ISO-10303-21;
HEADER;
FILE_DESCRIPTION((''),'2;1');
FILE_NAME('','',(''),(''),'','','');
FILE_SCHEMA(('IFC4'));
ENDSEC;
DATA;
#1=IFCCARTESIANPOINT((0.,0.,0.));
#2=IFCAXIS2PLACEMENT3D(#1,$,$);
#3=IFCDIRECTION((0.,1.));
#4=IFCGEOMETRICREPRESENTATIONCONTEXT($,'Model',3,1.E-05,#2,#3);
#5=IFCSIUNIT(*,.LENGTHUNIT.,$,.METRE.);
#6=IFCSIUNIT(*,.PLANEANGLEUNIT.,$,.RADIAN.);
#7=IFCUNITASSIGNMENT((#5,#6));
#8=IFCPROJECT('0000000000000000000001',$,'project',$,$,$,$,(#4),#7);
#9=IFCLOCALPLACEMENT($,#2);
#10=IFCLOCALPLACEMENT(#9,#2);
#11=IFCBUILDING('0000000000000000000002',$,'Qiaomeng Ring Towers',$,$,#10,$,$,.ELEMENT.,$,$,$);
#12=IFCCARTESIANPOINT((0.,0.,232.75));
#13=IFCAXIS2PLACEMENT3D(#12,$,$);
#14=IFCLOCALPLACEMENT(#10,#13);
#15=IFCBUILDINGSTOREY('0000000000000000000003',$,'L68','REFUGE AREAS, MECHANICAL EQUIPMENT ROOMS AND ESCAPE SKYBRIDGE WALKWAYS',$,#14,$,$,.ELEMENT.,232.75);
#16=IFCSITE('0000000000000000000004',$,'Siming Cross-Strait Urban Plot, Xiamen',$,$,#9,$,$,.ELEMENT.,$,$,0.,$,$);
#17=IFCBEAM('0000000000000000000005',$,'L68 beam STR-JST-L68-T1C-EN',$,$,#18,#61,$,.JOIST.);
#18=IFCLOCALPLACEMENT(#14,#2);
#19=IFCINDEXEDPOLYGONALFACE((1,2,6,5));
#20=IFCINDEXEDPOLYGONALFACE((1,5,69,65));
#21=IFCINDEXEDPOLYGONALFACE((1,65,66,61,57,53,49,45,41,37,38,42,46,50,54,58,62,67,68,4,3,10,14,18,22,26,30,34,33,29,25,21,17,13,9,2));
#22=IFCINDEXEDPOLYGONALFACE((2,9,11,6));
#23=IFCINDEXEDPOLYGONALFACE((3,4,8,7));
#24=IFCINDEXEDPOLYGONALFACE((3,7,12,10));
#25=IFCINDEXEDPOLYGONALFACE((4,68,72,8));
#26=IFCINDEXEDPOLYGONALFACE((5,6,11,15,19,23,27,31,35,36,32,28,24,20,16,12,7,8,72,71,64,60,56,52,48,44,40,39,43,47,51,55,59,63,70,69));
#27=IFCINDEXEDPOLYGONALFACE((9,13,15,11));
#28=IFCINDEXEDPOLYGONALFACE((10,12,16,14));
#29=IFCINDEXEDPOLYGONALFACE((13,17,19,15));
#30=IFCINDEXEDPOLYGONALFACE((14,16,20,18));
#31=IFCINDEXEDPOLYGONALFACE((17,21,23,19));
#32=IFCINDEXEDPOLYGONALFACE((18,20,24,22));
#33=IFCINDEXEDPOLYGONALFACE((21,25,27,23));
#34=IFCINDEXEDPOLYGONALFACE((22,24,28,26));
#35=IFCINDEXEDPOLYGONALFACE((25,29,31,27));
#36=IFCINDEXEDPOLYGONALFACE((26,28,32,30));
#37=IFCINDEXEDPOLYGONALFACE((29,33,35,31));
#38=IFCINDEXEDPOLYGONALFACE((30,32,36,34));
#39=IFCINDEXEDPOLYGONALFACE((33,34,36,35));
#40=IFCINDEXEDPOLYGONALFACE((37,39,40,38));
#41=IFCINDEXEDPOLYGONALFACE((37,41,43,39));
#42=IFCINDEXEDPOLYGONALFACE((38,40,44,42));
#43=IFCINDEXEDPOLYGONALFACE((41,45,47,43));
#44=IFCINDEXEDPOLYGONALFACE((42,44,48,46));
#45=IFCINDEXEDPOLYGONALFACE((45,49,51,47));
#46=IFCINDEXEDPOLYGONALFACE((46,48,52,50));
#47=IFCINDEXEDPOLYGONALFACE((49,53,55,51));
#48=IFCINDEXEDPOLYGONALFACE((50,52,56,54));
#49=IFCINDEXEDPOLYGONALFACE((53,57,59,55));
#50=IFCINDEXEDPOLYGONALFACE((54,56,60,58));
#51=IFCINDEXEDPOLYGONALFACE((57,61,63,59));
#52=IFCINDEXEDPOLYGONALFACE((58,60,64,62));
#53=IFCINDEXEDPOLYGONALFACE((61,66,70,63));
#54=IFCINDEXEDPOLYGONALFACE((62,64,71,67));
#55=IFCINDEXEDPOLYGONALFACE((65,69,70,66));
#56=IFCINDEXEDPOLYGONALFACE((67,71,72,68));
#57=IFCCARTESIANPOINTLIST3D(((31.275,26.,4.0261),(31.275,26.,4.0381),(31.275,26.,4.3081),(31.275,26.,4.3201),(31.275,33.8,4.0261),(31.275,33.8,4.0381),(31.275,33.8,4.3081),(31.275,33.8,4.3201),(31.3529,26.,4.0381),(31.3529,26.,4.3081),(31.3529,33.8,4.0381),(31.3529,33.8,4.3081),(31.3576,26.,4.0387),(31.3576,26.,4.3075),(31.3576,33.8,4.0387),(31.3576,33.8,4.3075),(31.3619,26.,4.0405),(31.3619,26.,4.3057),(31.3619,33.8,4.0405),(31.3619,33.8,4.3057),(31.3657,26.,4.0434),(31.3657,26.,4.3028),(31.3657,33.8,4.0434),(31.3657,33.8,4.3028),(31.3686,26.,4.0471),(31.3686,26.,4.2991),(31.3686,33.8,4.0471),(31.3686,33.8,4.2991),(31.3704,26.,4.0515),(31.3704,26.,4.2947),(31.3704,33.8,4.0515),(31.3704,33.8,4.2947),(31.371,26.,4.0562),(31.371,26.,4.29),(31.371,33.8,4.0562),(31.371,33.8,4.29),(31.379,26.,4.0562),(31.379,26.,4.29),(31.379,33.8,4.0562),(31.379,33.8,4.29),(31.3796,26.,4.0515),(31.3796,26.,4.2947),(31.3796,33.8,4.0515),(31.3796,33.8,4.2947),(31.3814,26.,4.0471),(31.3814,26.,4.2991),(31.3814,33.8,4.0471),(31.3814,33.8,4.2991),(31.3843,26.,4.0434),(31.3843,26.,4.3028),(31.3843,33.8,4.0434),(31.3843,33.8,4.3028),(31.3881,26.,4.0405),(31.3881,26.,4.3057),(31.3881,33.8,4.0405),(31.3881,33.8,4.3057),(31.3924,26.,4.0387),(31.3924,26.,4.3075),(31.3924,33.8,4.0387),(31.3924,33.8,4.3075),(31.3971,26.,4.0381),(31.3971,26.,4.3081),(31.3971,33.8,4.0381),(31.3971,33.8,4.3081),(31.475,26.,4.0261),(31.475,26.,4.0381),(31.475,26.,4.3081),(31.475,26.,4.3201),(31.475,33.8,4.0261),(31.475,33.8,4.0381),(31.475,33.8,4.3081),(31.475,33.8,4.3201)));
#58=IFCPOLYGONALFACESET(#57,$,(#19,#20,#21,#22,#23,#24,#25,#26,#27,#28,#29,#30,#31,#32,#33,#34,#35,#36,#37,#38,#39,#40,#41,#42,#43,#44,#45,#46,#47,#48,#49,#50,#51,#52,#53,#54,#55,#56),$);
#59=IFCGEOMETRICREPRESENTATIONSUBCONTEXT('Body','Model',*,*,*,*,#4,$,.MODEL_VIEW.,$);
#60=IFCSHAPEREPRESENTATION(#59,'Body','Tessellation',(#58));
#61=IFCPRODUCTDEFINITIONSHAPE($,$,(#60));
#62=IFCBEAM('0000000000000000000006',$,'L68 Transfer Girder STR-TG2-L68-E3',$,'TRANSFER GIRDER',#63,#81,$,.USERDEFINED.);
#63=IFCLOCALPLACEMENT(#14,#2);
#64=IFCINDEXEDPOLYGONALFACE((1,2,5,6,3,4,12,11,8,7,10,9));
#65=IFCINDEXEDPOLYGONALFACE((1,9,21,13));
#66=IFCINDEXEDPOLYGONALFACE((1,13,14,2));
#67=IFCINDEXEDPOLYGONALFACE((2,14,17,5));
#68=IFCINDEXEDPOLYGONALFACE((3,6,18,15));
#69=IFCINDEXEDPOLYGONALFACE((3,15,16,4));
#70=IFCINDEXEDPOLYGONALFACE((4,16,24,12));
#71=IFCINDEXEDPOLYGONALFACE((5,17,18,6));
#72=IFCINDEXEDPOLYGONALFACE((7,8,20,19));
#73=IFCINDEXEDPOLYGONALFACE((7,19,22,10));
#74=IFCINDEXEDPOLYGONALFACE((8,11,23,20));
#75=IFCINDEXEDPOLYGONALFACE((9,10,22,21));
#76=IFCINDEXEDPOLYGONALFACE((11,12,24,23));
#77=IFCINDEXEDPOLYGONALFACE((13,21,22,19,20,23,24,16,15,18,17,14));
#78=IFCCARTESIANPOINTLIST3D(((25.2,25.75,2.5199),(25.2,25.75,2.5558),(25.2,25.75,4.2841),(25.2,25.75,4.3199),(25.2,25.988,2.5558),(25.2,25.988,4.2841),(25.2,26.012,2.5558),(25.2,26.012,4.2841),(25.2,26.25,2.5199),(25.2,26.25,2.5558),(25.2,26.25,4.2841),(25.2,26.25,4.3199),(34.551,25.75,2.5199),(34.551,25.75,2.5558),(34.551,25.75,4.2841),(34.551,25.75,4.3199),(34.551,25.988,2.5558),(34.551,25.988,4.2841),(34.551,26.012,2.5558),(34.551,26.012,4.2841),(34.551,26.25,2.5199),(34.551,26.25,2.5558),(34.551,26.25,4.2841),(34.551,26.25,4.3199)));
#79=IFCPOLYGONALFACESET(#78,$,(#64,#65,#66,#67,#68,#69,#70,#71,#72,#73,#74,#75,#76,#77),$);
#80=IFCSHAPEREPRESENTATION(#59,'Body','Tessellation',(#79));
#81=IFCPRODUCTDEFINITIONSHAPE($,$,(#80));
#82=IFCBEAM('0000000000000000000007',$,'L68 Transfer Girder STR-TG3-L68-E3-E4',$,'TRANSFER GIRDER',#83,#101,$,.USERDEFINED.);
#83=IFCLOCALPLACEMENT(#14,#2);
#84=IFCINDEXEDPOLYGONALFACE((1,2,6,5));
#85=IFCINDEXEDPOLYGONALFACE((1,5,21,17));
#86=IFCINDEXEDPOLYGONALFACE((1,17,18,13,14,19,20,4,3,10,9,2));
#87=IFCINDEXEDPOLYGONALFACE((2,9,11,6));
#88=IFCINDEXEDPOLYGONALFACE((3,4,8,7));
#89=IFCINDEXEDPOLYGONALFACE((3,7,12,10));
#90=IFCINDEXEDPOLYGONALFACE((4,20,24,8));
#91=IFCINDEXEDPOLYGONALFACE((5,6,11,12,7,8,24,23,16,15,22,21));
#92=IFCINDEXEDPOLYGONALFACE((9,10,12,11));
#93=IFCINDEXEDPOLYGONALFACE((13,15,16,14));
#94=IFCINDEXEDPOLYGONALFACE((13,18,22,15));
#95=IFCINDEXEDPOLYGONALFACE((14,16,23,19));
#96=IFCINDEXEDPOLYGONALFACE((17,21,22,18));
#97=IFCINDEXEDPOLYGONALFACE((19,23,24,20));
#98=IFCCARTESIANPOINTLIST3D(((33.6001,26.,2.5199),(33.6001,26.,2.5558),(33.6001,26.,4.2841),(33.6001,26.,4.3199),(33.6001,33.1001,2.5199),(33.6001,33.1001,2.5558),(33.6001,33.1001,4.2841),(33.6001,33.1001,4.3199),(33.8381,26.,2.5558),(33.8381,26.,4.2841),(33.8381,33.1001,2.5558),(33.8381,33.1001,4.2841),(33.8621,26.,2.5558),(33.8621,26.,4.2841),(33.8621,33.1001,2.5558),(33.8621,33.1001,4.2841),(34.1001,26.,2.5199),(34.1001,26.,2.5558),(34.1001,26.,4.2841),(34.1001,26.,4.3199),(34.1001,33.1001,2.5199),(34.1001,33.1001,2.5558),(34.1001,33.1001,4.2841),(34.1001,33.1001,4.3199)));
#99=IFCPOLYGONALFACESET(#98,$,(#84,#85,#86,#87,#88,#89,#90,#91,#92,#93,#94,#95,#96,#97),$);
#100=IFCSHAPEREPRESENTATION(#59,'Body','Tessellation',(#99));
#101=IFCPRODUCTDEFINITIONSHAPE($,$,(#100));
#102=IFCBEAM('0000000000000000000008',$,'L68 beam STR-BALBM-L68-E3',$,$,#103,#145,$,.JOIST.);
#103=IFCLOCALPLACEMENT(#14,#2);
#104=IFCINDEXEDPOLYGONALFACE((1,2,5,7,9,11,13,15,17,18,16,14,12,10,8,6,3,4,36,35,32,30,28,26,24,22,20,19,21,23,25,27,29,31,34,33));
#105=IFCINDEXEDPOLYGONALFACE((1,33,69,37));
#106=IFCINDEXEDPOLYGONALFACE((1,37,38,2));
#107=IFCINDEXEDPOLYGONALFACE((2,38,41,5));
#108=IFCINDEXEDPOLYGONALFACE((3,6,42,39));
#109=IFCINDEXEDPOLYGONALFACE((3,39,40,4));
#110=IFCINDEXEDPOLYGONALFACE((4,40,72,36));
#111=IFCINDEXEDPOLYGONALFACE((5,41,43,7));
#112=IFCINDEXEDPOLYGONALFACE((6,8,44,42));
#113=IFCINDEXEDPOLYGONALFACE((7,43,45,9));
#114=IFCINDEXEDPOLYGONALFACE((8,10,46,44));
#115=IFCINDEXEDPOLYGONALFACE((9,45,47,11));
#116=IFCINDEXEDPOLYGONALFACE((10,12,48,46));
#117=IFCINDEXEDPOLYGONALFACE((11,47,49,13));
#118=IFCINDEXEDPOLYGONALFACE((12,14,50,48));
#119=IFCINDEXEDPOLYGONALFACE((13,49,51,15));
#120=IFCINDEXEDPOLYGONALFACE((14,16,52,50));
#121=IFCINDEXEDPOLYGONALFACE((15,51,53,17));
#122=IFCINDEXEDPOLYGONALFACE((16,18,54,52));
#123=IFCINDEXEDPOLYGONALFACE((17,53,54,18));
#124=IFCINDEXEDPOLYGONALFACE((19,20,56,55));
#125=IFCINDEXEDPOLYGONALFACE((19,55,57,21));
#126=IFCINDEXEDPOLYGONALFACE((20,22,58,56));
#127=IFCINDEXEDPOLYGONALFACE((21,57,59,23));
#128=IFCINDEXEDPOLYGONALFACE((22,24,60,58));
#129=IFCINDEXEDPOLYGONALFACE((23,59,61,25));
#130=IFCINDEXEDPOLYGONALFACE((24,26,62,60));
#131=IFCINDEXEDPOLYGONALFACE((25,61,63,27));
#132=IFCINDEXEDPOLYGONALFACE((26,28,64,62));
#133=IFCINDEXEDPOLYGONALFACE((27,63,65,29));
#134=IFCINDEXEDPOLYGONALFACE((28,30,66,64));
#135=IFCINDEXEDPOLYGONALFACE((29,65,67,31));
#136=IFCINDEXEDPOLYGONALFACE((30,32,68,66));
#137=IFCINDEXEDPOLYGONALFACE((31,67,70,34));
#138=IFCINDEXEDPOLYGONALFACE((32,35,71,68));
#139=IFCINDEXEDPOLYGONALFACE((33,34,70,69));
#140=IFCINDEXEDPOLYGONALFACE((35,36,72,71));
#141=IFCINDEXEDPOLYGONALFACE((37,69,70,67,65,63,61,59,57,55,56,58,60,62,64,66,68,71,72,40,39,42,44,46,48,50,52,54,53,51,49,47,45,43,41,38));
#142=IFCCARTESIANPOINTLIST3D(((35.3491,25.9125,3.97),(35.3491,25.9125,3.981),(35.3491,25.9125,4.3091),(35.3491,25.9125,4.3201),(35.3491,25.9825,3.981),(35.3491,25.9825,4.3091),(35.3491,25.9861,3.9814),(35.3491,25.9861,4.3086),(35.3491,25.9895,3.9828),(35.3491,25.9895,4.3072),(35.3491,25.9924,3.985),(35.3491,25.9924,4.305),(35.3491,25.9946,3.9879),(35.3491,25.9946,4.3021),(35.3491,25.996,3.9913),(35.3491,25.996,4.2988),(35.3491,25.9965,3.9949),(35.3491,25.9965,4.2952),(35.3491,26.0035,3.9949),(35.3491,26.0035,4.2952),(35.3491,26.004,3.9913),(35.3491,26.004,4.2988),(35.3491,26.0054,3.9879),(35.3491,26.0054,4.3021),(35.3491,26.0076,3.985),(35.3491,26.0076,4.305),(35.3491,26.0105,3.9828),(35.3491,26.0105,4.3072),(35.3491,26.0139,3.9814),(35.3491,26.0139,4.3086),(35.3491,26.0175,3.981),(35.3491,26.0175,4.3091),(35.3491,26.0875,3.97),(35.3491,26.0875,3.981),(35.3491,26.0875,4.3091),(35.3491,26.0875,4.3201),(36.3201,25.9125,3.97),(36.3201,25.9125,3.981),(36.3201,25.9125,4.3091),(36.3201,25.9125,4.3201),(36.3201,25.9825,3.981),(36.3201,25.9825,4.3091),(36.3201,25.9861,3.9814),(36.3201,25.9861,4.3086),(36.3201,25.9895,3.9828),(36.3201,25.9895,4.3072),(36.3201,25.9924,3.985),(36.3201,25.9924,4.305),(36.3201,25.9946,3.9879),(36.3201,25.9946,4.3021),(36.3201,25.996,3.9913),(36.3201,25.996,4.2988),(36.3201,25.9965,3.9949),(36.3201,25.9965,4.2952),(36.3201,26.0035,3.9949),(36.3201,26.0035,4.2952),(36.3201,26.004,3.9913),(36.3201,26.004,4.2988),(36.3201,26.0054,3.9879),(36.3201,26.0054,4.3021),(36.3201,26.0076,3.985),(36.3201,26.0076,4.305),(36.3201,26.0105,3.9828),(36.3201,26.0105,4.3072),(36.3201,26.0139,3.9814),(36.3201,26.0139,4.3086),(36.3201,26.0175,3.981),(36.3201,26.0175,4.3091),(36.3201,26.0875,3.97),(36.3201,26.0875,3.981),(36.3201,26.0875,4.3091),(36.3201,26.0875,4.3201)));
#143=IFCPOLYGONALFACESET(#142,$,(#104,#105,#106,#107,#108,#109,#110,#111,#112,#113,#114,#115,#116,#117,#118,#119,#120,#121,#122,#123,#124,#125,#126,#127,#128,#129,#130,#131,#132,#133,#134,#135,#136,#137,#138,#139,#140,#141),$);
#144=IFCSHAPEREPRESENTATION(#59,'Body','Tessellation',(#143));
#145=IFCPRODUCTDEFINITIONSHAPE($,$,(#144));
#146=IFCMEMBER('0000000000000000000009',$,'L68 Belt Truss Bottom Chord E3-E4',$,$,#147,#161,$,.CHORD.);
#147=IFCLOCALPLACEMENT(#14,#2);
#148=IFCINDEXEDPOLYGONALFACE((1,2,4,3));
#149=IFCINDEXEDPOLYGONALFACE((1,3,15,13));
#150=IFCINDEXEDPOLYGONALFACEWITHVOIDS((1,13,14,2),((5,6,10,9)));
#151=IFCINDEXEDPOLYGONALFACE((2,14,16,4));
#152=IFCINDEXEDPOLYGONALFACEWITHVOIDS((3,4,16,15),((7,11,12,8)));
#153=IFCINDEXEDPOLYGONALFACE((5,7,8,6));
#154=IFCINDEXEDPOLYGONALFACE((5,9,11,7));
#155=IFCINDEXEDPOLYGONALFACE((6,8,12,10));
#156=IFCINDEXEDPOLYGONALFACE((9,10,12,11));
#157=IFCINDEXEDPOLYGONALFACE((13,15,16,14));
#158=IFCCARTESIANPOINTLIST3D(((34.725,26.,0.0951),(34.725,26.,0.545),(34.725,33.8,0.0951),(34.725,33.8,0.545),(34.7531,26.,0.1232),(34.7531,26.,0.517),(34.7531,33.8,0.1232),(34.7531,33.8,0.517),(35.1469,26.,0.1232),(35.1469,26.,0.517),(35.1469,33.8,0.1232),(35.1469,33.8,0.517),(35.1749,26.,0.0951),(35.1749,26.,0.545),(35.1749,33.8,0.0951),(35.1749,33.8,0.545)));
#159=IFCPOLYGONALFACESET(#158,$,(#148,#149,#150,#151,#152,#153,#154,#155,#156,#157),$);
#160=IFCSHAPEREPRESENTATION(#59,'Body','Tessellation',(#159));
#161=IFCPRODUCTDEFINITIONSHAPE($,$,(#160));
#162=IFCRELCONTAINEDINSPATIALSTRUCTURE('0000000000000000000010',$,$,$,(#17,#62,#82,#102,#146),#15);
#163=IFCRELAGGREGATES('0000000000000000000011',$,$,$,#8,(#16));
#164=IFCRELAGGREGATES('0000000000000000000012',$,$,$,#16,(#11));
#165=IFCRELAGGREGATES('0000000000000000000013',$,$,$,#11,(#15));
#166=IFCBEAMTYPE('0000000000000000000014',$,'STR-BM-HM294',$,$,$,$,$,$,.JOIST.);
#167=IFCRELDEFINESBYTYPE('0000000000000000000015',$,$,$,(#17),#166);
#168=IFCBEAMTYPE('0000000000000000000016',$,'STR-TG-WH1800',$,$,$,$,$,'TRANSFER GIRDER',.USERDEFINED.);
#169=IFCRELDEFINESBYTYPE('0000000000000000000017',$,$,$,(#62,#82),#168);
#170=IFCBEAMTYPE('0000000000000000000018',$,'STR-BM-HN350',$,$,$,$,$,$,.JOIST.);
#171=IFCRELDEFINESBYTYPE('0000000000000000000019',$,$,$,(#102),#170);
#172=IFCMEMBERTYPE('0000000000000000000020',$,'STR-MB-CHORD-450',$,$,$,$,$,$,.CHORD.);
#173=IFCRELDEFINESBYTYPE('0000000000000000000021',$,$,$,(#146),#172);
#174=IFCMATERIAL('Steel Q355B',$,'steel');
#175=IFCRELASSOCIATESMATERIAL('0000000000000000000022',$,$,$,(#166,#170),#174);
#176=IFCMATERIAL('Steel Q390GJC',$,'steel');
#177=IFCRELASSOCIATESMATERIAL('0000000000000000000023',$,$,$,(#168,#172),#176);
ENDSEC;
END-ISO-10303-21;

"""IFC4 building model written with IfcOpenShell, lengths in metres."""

from ifc_helpers import new_model, si_unit, direction, frame, origin, origin_2d, place, context, subcontext, project, spatial, hollow_rectangle, i_section, extrude, source, transform, mapped, material, material_profile, profile_set, type_object, element, save


model = new_model("IFC4")

# Units and contexts
model_context = context("Model", 3, precision=1e-05, world=origin(), true_north=direction((0.0, 1.0)))
body_context = subcontext(model_context, "Body", "Model", "MODEL_VIEW")
ifc_project = project(units=[si_unit("LENGTHUNIT", "METRE"), si_unit("PLANEANGLEUNIT", "RADIAN")], contexts=[model_context])

# Site, building, storey
site_placement = place(None, origin())
site = spatial("IfcSite", under=ifc_project, at=site_placement, Name="Siming Cross-Strait Urban Plot, Xiamen", CompositionType="ELEMENT", RefElevation=0.0)
building_placement = place(site_placement, origin())
building = spatial("IfcBuilding", under=site, at=building_placement, Name="Qiaomeng Ring Towers", CompositionType="ELEMENT")
storey_placement = place(building_placement, frame((0.0, 0.0, 232.75)))
storey = spatial("IfcBuildingStorey", under=building, at=storey_placement, Name="L68", Description="REFUGE AREAS, MECHANICAL EQUIPMENT ROOMS AND ESCAPE SKYBRIDGE WALKWAYS", CompositionType="ELEMENT", Elevation=232.75)

# Shared definitions
ifc_material_1 = material(Name="Steel Q390GJC", Category="steel")

# Beams
ifc_material_2 = material(Name="Steel Q355B", Category="steel")
ifc_material_profile_1 = material_profile(ifc_material_2, i_section(OverallWidth=0.2, OverallDepth=0.2939, WebThickness=0.0081, FlangeThickness=0.012, FilletRadius=0.0181, at=origin_2d()), Name="HM 294x200x8x12")
ifc_profile_set_1 = profile_set([ifc_material_profile_1], Name="Steel Q355B")
beam_type_1 = type_object("IfcBeamType", Name="STR-BM-HM294", PredefinedType="JOIST", material=ifc_profile_set_1)
shared_shape_1 = source(origin(), body_context, "Body", "SweptSolid", [
    extrude(i_section(OverallWidth=0.2, OverallDepth=0.2939, WebThickness=0.0081, FlangeThickness=0.012, FilletRadius=0.0181, at=origin_2d()), origin(), (0.0, 0.0, 1.0), 7.8),
])
beam_1_placement = place(storey_placement, frame((31.375, 26.0, 4.1731), z_axis=(0.0, 1.0, 0.0), x_axis=(-1.0, 0.0, 0.0)))
element("IfcBeam", 1, at=beam_1_placement, inside=storey, type_object=beam_type_1, Name="L68 beam STR-JST-L68-T1C-EN", PredefinedType="JOIST", context=body_context, shape_type="MappedRepresentation", body=[
    mapped(shared_shape_1, transform((0.0, 0.0, 0.0), x_axis=(1.0, 0.0, 0.0), y_axis=(0.0, 1.0, 0.0), z_axis=(0.0, 0.0, 1.0), scale=1.0)),
])
ifc_material_profile_2 = material_profile(ifc_material_1, i_section(OverallWidth=0.5, OverallDepth=1.8, WebThickness=0.0239, FlangeThickness=0.0359, at=origin_2d()), Name="WH 1800x500x24x36")
ifc_profile_set_2 = profile_set([ifc_material_profile_2], Name="Steel Q390GJC")
beam_type_2 = type_object("IfcBeamType", Name="STR-TG-WH1800", ElementType="TRANSFER GIRDER", PredefinedType="USERDEFINED", material=ifc_profile_set_2)
shared_shape_2 = source(origin(), body_context, "Body", "SweptSolid", [
    extrude(i_section(OverallWidth=0.5, OverallDepth=1.8, WebThickness=0.0239, FlangeThickness=0.0359, at=origin_2d()), origin(), (0.0, 0.0, 1.0), 9.3511),
])
beam_2_placement = place(storey_placement, frame((25.2, 26.0, 3.4199), z_axis=(1.0, 0.0, 0.0), x_axis=(0.0, 1.0, 0.0)))
element("IfcBeam", 2, at=beam_2_placement, inside=storey, type_object=beam_type_2, Name="L68 Transfer Girder STR-TG2-L68-E3", ObjectType="TRANSFER GIRDER", PredefinedType="USERDEFINED", context=body_context, shape_type="MappedRepresentation", body=[
    mapped(shared_shape_2, transform((0.0, 0.0, 0.0), x_axis=(1.0, 0.0, 0.0), y_axis=(0.0, 1.0, 0.0), z_axis=(0.0, 0.0, 1.0), scale=1.0)),
])
shared_shape_3 = source(origin(), body_context, "Body", "SweptSolid", [
    extrude(i_section(OverallWidth=0.5, OverallDepth=1.8, WebThickness=0.0239, FlangeThickness=0.0359, at=origin_2d()), origin(), (0.0, 0.0, 1.0), 7.1001),
])
beam_3_placement = place(storey_placement, frame((33.8501, 26.0, 3.4199), z_axis=(0.0, 1.0, 0.0), x_axis=(-1.0, 0.0, 0.0)))
element("IfcBeam", 3, at=beam_3_placement, inside=storey, type_object=beam_type_2, Name="L68 Transfer Girder STR-TG3-L68-E3-E4", ObjectType="TRANSFER GIRDER", PredefinedType="USERDEFINED", context=body_context, shape_type="MappedRepresentation", body=[
    mapped(shared_shape_3, transform((0.0, 0.0, 0.0), x_axis=(1.0, 0.0, 0.0), y_axis=(0.0, 1.0, 0.0), z_axis=(0.0, 0.0, 1.0), scale=1.0)),
])
ifc_material_profile_3 = material_profile(ifc_material_2, i_section(OverallWidth=0.175, OverallDepth=0.3501, WebThickness=0.0071, FlangeThickness=0.011, FilletRadius=0.0139, at=origin_2d()), Name="HN 350x175x7x11")
ifc_profile_set_3 = profile_set([ifc_material_profile_3], Name="Steel Q355B")
beam_type_3 = type_object("IfcBeamType", Name="STR-BM-HN350", PredefinedType="JOIST", material=ifc_profile_set_3)
shared_shape_4 = source(origin(), body_context, "Body", "SweptSolid", [
    extrude(i_section(OverallWidth=0.175, OverallDepth=0.3501, WebThickness=0.0071, FlangeThickness=0.011, FilletRadius=0.0139, at=origin_2d()), origin(), (0.0, 0.0, 1.0), 0.9709),
])
beam_4_placement = place(storey_placement, frame((35.3491, 26.0, 4.145), z_axis=(1.0, 0.0, 0.0), x_axis=(0.0, 1.0, 0.0)))
element("IfcBeam", 4, at=beam_4_placement, inside=storey, type_object=beam_type_3, Name="L68 beam STR-BALBM-L68-E3", PredefinedType="JOIST", context=body_context, shape_type="MappedRepresentation", body=[
    mapped(shared_shape_4, transform((0.0, 0.0, 0.0), x_axis=(1.0, 0.0, 0.0), y_axis=(0.0, 1.0, 0.0), z_axis=(0.0, 0.0, 1.0), scale=1.0)),
])

# Member
ifc_material_profile_4 = material_profile(ifc_material_1, hollow_rectangle(XDim=0.45, YDim=0.45, WallThickness=0.0281, at=origin_2d()), Name="SHS 450x450x28")
ifc_profile_set_4 = profile_set([ifc_material_profile_4], Name="Steel Q390GJC")
member_type_1 = type_object("IfcMemberType", Name="STR-MB-CHORD-450", PredefinedType="CHORD", material=ifc_profile_set_4)
shared_shape_5 = source(origin(), body_context, "Body", "SweptSolid", [
    extrude(hollow_rectangle(XDim=0.45, YDim=0.45, WallThickness=0.0281, at=origin_2d()), origin(), (0.0, 0.0, 1.0), 7.8),
])
member_1_placement = place(storey_placement, frame((34.95, 26.0, 0.3201), z_axis=(0.0, 1.0, 0.0), x_axis=(-1.0, 0.0, 0.0)))
element("IfcMember", 5, at=member_1_placement, inside=storey, type_object=member_type_1, Name="L68 Belt Truss Bottom Chord E3-E4", PredefinedType="CHORD", context=body_context, shape_type="MappedRepresentation", body=[
    mapped(shared_shape_5, transform((0.0, 0.0, 0.0), x_axis=(1.0, 0.0, 0.0), y_axis=(0.0, 1.0, 0.0), z_axis=(0.0, 0.0, 1.0), scale=1.0)),
])

save(model, "model.ifc")
